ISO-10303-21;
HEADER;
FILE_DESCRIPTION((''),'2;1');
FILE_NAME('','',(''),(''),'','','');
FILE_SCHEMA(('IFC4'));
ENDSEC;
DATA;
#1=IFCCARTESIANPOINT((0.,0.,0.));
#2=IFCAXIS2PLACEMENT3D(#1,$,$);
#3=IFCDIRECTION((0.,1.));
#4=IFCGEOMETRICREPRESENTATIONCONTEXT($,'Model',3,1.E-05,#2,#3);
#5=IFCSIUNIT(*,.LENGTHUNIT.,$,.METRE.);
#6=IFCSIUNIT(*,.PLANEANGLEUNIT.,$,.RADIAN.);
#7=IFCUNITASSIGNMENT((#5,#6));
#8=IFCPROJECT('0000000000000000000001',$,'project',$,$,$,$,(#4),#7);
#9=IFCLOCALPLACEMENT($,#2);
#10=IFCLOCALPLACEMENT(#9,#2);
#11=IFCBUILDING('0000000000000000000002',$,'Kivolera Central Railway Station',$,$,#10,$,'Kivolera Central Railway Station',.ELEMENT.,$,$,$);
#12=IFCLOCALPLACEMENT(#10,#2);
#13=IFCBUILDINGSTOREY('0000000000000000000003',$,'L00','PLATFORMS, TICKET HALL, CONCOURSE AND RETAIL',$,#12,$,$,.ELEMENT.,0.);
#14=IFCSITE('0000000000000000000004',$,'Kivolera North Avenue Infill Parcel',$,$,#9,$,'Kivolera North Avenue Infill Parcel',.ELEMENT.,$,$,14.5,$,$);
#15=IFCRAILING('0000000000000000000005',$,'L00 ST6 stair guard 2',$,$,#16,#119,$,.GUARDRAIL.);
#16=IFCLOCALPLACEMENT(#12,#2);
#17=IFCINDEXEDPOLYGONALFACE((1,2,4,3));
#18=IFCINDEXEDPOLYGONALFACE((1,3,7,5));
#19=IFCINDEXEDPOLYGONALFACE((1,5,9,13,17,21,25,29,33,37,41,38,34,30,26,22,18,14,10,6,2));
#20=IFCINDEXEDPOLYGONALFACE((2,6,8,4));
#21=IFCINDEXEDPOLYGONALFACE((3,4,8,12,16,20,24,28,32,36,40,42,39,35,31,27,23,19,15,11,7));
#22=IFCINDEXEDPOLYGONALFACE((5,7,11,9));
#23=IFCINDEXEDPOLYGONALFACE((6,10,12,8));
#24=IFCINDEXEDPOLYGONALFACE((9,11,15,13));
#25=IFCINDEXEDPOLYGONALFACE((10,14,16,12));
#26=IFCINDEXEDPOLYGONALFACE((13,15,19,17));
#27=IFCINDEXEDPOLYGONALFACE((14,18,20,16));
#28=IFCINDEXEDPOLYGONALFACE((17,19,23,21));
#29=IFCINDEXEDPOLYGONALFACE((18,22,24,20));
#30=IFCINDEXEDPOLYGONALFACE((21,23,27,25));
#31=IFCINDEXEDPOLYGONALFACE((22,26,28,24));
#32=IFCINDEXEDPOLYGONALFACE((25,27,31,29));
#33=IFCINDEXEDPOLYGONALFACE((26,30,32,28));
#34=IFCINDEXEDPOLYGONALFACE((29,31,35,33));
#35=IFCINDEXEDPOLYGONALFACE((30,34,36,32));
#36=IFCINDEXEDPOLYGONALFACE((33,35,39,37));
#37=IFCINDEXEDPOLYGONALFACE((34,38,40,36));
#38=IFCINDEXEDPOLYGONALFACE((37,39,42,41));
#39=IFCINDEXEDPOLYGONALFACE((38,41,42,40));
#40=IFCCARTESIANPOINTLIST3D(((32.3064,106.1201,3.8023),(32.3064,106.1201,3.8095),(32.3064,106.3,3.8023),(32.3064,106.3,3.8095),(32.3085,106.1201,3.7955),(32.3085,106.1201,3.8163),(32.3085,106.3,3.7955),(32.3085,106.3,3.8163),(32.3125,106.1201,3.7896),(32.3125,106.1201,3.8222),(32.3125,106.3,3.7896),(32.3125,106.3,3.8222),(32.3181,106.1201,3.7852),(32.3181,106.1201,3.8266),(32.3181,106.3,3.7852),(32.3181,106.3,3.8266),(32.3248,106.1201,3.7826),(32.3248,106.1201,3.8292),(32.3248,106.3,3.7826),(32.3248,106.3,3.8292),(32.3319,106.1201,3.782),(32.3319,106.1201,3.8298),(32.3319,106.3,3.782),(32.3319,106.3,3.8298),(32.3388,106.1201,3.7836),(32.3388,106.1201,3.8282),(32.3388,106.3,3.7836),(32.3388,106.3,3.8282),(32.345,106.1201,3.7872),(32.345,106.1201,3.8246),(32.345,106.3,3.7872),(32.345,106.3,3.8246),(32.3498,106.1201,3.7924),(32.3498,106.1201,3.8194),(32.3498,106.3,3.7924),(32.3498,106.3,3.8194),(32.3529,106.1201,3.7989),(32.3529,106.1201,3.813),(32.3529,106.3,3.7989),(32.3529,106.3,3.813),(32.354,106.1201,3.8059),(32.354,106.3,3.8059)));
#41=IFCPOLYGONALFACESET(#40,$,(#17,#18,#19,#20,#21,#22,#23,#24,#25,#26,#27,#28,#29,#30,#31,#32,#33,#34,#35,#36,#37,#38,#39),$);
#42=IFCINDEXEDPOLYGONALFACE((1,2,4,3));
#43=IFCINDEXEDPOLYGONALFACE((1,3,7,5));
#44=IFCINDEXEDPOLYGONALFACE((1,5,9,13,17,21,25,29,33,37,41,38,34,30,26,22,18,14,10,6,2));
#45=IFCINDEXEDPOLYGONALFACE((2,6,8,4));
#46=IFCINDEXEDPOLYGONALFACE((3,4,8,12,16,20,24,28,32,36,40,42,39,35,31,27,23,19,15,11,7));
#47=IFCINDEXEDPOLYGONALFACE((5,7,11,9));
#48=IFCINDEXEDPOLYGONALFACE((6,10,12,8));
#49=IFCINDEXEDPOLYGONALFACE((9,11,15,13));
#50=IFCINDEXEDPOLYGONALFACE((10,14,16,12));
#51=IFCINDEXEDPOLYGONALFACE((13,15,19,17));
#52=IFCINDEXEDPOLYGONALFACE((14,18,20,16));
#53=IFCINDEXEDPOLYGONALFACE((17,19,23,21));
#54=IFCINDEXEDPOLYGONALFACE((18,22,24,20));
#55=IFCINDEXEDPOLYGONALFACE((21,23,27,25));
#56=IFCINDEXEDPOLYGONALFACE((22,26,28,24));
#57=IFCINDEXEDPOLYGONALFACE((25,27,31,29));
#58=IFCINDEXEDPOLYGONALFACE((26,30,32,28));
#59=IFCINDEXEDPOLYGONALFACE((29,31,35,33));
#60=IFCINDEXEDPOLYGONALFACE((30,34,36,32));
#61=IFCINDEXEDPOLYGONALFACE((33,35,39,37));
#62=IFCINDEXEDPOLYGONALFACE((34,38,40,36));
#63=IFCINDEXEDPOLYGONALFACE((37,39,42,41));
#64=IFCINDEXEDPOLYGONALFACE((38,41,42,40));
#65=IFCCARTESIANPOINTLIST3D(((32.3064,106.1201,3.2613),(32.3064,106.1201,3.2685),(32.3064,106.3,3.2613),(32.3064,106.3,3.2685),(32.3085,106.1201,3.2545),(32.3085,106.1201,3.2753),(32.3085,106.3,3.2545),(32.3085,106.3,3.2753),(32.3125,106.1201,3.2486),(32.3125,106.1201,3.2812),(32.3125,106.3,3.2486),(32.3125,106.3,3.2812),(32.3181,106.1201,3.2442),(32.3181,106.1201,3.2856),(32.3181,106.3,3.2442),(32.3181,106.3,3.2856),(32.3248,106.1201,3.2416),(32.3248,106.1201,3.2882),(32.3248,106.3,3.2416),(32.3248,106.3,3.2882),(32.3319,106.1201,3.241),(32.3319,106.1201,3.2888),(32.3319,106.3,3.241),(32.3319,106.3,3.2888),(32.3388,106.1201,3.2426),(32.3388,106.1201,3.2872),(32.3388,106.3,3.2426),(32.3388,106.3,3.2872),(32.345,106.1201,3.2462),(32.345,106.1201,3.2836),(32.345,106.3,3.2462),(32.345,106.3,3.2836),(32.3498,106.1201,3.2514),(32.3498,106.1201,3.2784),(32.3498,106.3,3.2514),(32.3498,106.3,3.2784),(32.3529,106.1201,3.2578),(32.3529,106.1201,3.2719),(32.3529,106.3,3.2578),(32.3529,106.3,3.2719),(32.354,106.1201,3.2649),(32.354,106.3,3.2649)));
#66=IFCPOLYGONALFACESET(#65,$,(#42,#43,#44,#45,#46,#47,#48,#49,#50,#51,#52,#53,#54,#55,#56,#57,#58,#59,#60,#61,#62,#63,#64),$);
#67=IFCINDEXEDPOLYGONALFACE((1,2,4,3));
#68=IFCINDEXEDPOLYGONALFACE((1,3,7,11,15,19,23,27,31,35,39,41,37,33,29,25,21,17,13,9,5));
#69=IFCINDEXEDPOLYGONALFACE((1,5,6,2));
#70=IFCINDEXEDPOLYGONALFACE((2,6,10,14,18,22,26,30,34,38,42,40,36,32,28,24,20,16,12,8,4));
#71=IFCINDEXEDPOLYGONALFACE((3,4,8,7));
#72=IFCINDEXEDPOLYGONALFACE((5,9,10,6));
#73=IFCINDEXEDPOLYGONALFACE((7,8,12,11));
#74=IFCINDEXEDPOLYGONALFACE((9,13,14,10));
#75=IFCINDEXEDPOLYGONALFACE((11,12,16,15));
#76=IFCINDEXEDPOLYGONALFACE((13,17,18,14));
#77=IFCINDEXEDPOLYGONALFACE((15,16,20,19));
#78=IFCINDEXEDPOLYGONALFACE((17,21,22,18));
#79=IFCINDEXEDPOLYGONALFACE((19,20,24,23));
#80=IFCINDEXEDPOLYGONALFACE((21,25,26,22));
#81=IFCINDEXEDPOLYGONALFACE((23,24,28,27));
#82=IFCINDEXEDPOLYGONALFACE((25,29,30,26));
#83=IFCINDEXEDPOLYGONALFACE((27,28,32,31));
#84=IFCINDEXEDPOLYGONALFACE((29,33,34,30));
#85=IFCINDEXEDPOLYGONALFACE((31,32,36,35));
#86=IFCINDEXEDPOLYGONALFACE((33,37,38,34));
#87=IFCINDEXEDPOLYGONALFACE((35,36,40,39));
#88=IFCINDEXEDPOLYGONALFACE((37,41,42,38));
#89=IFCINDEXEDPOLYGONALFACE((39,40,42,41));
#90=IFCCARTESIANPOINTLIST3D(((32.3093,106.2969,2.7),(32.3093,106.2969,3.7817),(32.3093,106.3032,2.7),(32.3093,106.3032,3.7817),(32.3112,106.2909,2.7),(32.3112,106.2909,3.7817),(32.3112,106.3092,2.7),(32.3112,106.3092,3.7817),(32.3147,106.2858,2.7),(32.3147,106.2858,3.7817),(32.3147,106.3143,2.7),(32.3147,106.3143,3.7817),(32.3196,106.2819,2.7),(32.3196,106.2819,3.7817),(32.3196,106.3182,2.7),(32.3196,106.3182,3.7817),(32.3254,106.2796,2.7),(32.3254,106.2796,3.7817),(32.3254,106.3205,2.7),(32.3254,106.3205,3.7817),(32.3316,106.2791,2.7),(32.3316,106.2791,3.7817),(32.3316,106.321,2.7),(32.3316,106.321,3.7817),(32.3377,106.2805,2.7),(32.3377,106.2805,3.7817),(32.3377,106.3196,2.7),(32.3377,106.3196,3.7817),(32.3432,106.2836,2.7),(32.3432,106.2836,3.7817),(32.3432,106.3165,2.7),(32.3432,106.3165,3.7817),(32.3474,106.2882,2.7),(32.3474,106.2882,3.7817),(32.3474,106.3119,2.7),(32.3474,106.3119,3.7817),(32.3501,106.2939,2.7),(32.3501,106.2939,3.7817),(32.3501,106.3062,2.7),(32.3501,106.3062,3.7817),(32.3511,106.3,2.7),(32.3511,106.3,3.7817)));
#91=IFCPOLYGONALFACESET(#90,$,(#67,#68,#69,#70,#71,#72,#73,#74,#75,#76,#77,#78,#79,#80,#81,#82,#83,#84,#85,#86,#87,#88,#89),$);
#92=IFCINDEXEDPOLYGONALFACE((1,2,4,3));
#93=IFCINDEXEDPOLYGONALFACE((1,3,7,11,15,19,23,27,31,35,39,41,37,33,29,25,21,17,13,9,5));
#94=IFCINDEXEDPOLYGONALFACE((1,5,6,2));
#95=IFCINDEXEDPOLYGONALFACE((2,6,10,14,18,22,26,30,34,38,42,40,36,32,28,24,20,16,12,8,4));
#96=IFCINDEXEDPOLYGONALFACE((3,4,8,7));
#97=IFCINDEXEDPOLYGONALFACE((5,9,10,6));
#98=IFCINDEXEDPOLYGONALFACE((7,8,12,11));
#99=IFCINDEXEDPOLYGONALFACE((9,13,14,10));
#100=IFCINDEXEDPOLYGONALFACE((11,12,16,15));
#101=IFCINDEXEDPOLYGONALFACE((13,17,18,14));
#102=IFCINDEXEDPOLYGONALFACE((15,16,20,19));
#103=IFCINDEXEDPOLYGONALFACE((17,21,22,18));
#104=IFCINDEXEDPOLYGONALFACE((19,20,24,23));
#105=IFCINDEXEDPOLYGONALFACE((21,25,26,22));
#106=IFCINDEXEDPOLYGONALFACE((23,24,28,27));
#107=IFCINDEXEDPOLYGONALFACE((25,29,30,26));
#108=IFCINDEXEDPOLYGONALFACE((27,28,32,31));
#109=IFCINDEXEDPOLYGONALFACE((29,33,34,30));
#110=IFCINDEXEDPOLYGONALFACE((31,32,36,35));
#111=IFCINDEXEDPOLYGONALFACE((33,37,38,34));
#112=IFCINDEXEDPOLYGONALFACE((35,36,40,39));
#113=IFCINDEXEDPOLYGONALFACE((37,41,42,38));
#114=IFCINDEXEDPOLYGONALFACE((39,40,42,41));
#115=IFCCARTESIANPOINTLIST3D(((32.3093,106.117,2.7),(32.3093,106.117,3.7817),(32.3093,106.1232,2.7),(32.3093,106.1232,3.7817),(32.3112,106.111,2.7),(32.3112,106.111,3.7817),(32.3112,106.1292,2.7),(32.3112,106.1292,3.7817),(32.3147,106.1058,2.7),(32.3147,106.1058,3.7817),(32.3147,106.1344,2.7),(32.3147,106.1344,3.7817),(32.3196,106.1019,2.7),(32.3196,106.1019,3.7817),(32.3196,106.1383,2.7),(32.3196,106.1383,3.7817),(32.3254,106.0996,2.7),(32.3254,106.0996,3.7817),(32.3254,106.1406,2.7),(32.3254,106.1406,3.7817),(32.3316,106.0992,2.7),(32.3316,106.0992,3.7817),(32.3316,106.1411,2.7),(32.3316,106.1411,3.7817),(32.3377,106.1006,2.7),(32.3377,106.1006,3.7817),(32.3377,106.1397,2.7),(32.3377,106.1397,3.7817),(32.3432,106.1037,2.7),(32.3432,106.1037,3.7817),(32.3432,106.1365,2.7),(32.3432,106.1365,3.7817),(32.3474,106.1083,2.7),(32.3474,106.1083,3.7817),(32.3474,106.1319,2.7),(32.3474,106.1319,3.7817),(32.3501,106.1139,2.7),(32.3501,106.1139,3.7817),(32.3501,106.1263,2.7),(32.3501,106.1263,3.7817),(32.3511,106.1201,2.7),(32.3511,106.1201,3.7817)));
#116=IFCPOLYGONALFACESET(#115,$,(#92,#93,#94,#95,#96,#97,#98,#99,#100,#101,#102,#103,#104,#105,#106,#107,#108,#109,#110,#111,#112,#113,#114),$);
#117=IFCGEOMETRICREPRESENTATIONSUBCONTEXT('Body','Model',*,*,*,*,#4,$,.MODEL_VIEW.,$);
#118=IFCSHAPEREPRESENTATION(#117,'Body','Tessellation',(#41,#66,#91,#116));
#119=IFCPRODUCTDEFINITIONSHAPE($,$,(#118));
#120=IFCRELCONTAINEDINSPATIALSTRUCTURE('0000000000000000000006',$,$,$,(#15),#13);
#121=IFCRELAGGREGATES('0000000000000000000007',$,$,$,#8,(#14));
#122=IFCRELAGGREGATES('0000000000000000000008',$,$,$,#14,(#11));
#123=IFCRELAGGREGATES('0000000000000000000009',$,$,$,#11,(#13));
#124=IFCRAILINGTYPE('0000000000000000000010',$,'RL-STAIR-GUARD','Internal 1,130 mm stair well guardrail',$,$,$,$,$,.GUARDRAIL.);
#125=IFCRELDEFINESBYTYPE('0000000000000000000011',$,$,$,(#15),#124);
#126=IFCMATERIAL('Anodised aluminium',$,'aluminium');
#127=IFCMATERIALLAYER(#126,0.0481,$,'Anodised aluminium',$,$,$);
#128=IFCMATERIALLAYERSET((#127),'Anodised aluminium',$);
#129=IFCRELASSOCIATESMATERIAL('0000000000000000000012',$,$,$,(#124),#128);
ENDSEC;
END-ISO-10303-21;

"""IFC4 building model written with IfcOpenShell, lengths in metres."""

from ifc_helpers import new_model, si_unit, direction, frame, origin, origin_2d, place, context, subcontext, project, spatial, circle, extrude, material, layer, layer_set, type_object, element, save


model = new_model("IFC4")

# Units and contexts
model_context = context("Model", 3, precision=1e-05, world=origin(), true_north=direction((0.0, 1.0)))
body_context = subcontext(model_context, "Body", "Model", "MODEL_VIEW")
ifc_project = project(units=[si_unit("LENGTHUNIT", "METRE"), si_unit("PLANEANGLEUNIT", "RADIAN")], contexts=[model_context])

# Site, building, storey
site_placement = place(None, origin())
site = spatial("IfcSite", under=ifc_project, at=site_placement, Name="Kivolera North Avenue Infill Parcel", LongName="Kivolera North Avenue Infill Parcel", CompositionType="ELEMENT", RefElevation=14.5)
building_placement = place(site_placement, origin())
building = spatial("IfcBuilding", under=site, at=building_placement, Name="Kivolera Central Railway Station", LongName="Kivolera Central Railway Station", CompositionType="ELEMENT")
storey_placement = place(building_placement, origin())
storey = spatial("IfcBuildingStorey", under=building, at=storey_placement, Name="L00", Description="PLATFORMS, TICKET HALL, CONCOURSE AND RETAIL", CompositionType="ELEMENT", Elevation=0.0)

# Shared definitions
ifc_material_1 = material(Name="Anodised aluminium", Category="aluminium")

# Railing
ifc_layer_1 = layer(ifc_material_1, 0.0481, Name="Anodised aluminium")
ifc_layer_set_1 = layer_set([ifc_layer_1], Name="Anodised aluminium")
railing_type = type_object("IfcRailingType", Name="RL-STAIR-GUARD", Description="Internal 1,130 mm stair well guardrail", PredefinedType="GUARDRAIL", material=ifc_layer_set_1)
railing_1_placement = place(storey_placement, frame((32.3301, 106.3, 2.7)))
element("IfcRailing", 1, at=railing_1_placement, inside=storey, type_object=railing_type, Name="L00 ST6 stair guard 2", PredefinedType="GUARDRAIL", context=body_context, shape_type="SweptSolid", body=[
    extrude(circle(Radius=0.0239, at=origin_2d()), frame((0.0, 0.0, 1.106), z_axis=(0.0, -1.0, 0.0), x_axis=(1.0, 0.0, 0.0)), (0.0, 0.0, 1.0), 0.1799),
    extrude(circle(Radius=0.0239, at=origin_2d()), frame((0.0, 0.0, 0.5649), z_axis=(0.0, -1.0, 0.0), x_axis=(1.0, 0.0, 0.0)), (0.0, 0.0, 1.0), 0.1799),
    extrude(circle(Radius=0.021, at=origin_2d()), origin(), (0.0, 0.0, 1.0), 1.0818),
    extrude(circle(Radius=0.021, at=origin_2d()), frame((0.0, -0.1799, 0.0)), (0.0, 0.0, 1.0), 1.0818),
])

save(model, "model.ifc")
